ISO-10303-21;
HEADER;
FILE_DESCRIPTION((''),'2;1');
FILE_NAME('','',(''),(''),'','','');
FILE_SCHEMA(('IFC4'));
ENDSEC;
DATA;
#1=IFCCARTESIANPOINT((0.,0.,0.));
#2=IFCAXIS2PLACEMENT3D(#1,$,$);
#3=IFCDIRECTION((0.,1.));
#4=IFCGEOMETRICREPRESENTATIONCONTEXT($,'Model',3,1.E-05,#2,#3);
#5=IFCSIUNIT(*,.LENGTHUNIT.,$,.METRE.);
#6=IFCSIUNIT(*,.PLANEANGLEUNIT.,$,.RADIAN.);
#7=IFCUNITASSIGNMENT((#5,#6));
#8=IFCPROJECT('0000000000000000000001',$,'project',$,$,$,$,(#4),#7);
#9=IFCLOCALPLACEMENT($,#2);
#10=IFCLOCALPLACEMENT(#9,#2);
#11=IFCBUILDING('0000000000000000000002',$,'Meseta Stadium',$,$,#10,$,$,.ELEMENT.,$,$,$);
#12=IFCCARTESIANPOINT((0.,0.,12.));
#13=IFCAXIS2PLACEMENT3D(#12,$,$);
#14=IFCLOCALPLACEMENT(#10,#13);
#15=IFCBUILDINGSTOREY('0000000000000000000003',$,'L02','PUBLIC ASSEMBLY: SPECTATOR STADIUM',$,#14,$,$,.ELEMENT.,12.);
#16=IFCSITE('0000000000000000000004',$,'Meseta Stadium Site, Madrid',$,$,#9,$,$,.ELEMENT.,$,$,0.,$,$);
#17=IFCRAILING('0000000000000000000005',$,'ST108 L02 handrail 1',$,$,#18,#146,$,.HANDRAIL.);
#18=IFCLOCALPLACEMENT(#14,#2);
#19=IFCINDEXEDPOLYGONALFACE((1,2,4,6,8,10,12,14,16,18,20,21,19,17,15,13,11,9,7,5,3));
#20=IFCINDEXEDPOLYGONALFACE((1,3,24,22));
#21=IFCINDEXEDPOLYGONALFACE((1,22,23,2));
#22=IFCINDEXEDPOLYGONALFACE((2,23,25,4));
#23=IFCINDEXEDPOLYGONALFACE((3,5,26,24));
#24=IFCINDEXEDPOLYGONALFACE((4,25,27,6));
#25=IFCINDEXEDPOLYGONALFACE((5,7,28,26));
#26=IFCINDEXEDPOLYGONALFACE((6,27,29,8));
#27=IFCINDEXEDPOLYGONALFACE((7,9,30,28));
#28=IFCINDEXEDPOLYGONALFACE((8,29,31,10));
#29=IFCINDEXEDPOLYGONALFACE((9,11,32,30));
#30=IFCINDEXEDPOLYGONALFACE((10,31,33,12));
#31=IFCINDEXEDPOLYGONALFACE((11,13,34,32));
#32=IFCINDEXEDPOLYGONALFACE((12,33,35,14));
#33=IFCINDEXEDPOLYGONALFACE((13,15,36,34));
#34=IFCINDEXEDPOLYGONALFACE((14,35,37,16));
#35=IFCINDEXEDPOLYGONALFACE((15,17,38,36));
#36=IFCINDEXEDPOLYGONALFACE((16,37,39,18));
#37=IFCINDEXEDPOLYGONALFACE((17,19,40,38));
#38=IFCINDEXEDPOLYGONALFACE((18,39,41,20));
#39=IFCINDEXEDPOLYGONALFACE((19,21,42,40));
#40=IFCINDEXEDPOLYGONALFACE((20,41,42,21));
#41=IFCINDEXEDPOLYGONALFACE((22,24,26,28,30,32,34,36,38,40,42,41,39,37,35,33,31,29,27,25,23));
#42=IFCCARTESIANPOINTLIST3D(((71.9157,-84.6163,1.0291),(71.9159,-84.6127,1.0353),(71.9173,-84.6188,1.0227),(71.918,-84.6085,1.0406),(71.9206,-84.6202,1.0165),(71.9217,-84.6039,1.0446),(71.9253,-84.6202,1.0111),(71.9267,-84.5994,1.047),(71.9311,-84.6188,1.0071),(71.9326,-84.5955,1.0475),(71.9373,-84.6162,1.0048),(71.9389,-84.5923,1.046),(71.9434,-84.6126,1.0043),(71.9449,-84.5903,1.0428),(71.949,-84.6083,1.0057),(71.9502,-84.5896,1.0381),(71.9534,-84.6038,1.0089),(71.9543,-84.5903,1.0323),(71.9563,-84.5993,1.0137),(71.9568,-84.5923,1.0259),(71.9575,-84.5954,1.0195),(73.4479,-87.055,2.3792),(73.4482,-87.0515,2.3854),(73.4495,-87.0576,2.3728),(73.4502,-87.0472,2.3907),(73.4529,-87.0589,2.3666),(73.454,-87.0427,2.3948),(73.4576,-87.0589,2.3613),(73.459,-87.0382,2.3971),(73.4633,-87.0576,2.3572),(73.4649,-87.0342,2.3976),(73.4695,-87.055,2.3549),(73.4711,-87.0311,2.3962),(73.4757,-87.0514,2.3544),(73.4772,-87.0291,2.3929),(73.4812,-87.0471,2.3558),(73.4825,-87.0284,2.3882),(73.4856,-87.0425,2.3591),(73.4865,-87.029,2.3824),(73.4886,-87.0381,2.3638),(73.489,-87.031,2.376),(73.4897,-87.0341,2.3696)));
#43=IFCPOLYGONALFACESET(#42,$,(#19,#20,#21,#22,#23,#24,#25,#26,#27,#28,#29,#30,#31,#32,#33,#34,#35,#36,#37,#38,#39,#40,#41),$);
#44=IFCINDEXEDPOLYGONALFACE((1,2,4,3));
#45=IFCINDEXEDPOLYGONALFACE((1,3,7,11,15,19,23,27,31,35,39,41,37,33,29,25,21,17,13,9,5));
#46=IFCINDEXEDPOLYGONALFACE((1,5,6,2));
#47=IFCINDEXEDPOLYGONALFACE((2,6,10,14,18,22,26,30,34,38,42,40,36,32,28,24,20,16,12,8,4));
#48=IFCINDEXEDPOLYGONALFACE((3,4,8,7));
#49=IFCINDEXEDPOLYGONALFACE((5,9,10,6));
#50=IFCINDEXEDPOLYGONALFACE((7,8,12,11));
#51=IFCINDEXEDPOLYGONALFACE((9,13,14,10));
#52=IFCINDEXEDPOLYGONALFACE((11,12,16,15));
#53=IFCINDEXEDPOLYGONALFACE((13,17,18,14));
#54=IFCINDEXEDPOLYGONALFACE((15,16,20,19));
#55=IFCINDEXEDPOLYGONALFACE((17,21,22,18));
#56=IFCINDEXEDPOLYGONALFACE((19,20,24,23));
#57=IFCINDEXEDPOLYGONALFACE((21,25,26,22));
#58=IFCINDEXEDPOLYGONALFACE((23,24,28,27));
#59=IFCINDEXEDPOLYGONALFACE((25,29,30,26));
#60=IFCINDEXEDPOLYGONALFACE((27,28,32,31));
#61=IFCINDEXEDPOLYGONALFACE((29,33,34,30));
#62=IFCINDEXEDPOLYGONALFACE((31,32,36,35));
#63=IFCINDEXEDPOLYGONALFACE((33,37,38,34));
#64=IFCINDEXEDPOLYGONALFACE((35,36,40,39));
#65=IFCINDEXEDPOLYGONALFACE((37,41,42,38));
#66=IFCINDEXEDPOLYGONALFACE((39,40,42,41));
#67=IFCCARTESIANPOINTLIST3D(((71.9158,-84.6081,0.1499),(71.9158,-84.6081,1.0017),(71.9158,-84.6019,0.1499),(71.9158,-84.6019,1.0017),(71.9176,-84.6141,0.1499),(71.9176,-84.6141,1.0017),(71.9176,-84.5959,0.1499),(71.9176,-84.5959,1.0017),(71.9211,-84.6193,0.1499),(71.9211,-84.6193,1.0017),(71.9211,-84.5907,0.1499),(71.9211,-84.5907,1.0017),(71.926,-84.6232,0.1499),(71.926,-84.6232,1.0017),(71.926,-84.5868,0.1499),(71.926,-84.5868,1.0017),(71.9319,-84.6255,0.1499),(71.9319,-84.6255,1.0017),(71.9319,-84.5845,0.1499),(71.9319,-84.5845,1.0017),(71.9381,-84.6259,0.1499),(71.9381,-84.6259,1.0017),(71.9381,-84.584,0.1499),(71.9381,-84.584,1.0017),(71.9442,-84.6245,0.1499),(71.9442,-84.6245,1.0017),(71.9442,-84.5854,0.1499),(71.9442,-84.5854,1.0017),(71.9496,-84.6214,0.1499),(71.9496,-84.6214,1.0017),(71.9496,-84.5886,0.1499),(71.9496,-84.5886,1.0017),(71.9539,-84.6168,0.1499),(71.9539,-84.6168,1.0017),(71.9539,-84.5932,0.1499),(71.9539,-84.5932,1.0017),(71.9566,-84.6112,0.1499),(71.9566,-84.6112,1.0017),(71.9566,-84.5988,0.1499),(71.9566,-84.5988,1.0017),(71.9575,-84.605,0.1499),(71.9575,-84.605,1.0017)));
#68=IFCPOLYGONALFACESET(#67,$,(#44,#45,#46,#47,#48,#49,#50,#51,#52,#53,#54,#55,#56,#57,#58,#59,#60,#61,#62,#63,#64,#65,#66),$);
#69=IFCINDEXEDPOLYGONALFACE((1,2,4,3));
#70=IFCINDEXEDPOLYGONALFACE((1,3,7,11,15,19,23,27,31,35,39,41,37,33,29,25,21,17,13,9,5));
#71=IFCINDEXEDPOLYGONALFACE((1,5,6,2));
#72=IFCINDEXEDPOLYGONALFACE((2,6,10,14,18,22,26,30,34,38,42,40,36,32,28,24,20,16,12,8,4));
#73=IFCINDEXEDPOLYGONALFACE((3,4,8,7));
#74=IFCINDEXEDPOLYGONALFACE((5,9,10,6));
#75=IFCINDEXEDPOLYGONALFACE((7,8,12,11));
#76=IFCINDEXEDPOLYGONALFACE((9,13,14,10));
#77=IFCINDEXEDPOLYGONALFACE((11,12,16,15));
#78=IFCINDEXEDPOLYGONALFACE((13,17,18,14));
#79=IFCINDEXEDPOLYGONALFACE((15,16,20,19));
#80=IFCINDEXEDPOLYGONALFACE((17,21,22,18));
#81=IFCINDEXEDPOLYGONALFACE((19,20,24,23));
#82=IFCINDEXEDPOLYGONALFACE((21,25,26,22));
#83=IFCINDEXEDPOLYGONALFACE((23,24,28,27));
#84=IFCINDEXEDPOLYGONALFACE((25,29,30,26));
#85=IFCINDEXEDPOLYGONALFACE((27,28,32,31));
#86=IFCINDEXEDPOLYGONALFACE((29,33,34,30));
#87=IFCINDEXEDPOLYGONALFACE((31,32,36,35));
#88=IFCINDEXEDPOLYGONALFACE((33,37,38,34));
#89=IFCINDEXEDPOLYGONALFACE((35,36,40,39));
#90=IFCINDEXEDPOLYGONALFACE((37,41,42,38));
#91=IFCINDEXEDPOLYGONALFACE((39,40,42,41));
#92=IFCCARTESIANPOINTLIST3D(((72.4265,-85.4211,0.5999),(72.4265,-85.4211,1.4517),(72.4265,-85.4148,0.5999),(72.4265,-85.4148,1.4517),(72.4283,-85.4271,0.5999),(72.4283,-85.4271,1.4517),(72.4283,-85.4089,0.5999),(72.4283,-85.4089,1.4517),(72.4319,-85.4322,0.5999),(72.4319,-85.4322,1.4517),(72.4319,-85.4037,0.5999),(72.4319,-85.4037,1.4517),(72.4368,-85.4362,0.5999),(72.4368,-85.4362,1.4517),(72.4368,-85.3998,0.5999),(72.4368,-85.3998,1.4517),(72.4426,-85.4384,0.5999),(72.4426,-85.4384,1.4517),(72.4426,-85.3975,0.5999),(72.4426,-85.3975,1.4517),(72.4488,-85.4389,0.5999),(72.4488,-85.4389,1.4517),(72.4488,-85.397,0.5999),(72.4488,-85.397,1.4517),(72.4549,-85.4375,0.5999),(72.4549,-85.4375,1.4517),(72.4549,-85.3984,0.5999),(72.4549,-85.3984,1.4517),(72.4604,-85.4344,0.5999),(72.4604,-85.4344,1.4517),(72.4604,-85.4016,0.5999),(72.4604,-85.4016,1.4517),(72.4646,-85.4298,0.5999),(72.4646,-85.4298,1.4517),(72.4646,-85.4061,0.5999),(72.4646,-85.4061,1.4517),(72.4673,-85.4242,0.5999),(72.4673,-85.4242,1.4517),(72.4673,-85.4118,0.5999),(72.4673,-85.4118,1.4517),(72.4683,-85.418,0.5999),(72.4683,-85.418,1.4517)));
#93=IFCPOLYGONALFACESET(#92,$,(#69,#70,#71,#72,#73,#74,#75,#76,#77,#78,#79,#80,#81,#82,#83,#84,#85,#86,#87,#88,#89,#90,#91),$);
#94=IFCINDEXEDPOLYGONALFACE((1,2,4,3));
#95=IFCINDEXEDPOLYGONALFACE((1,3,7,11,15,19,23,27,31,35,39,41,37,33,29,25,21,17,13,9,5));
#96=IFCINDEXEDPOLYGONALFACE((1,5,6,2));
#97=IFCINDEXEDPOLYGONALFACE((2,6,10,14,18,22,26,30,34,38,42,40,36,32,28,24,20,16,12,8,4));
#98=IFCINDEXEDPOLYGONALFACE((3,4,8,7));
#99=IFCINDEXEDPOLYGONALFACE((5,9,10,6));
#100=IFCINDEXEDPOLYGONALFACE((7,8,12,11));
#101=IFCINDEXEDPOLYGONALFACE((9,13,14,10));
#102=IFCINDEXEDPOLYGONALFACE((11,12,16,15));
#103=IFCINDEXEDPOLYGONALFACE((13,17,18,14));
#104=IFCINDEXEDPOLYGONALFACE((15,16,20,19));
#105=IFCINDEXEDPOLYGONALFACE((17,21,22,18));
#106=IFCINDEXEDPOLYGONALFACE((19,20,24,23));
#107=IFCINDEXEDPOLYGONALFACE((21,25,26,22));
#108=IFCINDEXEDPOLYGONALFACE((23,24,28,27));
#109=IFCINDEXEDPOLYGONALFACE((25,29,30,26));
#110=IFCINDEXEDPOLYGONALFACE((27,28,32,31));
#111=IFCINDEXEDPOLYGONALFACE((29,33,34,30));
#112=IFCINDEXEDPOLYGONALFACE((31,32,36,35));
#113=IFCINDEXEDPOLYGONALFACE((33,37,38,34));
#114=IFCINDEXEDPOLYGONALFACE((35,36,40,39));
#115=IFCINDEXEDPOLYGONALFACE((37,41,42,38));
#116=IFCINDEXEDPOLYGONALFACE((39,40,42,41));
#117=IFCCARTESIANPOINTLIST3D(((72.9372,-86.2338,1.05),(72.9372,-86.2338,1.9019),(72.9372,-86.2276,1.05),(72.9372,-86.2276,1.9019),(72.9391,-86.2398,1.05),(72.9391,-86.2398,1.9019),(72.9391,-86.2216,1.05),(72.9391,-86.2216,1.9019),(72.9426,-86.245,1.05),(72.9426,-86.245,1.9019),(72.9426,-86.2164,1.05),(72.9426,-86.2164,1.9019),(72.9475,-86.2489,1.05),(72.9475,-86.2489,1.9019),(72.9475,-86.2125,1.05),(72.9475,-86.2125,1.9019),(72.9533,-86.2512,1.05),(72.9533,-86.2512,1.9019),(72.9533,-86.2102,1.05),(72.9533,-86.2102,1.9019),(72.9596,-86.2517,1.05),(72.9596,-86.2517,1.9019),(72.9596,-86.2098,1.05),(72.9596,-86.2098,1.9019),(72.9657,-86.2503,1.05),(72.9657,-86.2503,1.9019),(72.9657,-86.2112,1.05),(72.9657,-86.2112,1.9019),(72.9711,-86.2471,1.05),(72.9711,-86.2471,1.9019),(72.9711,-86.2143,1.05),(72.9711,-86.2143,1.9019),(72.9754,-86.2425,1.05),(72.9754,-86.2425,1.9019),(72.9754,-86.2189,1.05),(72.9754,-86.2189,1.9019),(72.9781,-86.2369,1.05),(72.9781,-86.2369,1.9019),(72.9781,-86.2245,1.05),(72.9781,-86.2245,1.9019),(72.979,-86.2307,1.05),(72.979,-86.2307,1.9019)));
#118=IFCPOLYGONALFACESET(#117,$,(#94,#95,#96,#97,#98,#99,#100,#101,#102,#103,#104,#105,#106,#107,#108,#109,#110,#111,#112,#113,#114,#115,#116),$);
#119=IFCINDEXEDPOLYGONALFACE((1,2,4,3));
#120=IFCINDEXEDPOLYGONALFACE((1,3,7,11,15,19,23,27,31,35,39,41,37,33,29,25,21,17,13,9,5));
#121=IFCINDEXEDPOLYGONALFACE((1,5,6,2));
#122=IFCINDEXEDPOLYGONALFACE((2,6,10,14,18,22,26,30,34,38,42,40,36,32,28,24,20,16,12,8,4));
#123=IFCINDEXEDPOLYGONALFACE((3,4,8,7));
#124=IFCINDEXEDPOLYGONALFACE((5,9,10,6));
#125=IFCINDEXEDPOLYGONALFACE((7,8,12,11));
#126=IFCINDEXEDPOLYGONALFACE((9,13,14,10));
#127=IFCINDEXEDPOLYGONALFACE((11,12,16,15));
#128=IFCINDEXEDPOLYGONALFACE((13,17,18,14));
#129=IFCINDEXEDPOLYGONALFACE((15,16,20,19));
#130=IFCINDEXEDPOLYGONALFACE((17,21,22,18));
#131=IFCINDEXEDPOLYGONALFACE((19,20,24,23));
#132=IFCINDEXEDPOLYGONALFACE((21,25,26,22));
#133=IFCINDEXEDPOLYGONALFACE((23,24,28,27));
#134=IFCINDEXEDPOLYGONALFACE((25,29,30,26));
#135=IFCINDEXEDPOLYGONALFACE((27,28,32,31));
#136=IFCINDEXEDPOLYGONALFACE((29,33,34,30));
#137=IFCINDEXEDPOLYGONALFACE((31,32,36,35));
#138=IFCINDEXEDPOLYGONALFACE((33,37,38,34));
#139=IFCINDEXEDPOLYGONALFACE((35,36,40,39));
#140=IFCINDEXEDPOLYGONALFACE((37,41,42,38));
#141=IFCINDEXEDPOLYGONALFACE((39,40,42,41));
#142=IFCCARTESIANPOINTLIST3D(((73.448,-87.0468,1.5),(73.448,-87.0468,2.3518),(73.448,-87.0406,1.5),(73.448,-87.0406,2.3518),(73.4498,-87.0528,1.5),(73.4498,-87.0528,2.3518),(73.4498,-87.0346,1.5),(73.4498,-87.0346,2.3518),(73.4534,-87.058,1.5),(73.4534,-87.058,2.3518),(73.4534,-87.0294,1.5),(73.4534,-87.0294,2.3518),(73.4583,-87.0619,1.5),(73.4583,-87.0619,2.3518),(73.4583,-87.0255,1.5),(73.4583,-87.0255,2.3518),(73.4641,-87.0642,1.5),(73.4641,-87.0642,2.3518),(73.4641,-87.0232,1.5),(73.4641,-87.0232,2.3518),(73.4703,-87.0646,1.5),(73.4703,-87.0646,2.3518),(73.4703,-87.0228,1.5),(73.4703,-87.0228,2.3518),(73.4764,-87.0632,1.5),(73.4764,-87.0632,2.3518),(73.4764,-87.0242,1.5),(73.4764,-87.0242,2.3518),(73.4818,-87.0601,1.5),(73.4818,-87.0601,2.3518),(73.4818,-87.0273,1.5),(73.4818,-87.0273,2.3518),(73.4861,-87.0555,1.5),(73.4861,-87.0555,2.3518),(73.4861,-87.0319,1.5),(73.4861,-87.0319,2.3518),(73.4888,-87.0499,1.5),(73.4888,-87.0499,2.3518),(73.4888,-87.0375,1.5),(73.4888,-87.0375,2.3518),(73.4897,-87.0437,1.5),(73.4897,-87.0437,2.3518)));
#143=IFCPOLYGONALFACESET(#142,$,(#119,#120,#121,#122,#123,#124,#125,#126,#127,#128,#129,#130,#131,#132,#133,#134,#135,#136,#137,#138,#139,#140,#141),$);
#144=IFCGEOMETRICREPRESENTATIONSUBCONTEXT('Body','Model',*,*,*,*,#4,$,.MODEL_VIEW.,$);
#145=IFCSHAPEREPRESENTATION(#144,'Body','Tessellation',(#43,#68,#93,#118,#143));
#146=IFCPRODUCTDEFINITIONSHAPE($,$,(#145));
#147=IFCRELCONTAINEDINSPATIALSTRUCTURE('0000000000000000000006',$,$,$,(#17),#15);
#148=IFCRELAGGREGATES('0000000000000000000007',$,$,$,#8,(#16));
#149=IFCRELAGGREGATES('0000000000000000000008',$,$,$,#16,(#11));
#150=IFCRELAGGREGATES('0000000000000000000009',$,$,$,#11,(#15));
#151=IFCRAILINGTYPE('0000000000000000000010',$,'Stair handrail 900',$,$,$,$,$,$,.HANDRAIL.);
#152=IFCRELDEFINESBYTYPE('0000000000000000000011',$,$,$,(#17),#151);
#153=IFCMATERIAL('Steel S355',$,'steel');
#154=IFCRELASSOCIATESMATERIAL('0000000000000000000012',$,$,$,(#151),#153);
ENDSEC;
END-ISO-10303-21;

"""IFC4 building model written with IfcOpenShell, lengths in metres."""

from ifc_helpers import new_model, si_unit, direction, frame, origin, origin_2d, place, context, subcontext, project, spatial, circle, extrude, material, type_object, element, save


model = new_model("IFC4")

# Units and contexts
model_context = context("Model", 3, precision=1e-05, world=origin(), true_north=direction((0.0, 1.0)))
body_context = subcontext(model_context, "Body", "Model", "MODEL_VIEW")
ifc_project = project(units=[si_unit("LENGTHUNIT", "METRE"), si_unit("PLANEANGLEUNIT", "RADIAN")], contexts=[model_context])

# Site, building, storey
site_placement = place(None, origin())
site = spatial("IfcSite", under=ifc_project, at=site_placement, Name="Meseta Stadium Site, Madrid", CompositionType="ELEMENT", RefElevation=0.0)
building_placement = place(site_placement, origin())
building = spatial("IfcBuilding", under=site, at=building_placement, Name="Meseta Stadium", CompositionType="ELEMENT")
storey_placement = place(building_placement, frame((0.0, 0.0, 12.0)))
storey = spatial("IfcBuildingStorey", under=building, at=storey_placement, Name="L02", Description="PUBLIC ASSEMBLY: SPECTATOR STADIUM", CompositionType="ELEMENT", Elevation=12.0)

# Railing
ifc_material_1 = material(Name="Steel S355", Category="steel")
railing_type_1 = type_object("IfcRailingType", Name="Stair handrail 900", PredefinedType="HANDRAIL", material=ifc_material_1)
for number, where, name in (
    (1, (71.9365, -84.605, 0.1499), "ST108 L02 handrail 1"),
):
    element("IfcRailing", number, at=place(storey_placement, frame(where)), inside=storey, type_object=railing_type_1, Name=name, PredefinedType="HANDRAIL", context=body_context, shape_type="SweptSolid", body=[
        extrude(circle(Radius=0.0239, at=origin_2d()), frame((0.0, 0.0, 0.876), z_axis=(0.481703, -0.766687, 0.424445), x_axis=(0.846743, 0.532001, 0.0)), (0.0, 0.0, 1.0), 3.1809),
        extrude(circle(Radius=0.021, at=origin_2d()), origin(), (0.0, 0.0, 1.0), 0.8518),
        extrude(circle(Radius=0.021, at=origin_2d()), frame((0.5107, -0.813, 0.45)), (0.0, 0.0, 1.0), 0.8518),
        extrude(circle(Radius=0.021, at=origin_2d()), frame((1.0215, -1.6257, 0.9001)), (0.0, 0.0, 1.0), 0.8518),
        extrude(circle(Radius=0.021, at=origin_2d()), frame((1.5322, -2.4387, 1.3501)), (0.0, 0.0, 1.0), 0.8518),
    ])

save(model, "model.ifc")
